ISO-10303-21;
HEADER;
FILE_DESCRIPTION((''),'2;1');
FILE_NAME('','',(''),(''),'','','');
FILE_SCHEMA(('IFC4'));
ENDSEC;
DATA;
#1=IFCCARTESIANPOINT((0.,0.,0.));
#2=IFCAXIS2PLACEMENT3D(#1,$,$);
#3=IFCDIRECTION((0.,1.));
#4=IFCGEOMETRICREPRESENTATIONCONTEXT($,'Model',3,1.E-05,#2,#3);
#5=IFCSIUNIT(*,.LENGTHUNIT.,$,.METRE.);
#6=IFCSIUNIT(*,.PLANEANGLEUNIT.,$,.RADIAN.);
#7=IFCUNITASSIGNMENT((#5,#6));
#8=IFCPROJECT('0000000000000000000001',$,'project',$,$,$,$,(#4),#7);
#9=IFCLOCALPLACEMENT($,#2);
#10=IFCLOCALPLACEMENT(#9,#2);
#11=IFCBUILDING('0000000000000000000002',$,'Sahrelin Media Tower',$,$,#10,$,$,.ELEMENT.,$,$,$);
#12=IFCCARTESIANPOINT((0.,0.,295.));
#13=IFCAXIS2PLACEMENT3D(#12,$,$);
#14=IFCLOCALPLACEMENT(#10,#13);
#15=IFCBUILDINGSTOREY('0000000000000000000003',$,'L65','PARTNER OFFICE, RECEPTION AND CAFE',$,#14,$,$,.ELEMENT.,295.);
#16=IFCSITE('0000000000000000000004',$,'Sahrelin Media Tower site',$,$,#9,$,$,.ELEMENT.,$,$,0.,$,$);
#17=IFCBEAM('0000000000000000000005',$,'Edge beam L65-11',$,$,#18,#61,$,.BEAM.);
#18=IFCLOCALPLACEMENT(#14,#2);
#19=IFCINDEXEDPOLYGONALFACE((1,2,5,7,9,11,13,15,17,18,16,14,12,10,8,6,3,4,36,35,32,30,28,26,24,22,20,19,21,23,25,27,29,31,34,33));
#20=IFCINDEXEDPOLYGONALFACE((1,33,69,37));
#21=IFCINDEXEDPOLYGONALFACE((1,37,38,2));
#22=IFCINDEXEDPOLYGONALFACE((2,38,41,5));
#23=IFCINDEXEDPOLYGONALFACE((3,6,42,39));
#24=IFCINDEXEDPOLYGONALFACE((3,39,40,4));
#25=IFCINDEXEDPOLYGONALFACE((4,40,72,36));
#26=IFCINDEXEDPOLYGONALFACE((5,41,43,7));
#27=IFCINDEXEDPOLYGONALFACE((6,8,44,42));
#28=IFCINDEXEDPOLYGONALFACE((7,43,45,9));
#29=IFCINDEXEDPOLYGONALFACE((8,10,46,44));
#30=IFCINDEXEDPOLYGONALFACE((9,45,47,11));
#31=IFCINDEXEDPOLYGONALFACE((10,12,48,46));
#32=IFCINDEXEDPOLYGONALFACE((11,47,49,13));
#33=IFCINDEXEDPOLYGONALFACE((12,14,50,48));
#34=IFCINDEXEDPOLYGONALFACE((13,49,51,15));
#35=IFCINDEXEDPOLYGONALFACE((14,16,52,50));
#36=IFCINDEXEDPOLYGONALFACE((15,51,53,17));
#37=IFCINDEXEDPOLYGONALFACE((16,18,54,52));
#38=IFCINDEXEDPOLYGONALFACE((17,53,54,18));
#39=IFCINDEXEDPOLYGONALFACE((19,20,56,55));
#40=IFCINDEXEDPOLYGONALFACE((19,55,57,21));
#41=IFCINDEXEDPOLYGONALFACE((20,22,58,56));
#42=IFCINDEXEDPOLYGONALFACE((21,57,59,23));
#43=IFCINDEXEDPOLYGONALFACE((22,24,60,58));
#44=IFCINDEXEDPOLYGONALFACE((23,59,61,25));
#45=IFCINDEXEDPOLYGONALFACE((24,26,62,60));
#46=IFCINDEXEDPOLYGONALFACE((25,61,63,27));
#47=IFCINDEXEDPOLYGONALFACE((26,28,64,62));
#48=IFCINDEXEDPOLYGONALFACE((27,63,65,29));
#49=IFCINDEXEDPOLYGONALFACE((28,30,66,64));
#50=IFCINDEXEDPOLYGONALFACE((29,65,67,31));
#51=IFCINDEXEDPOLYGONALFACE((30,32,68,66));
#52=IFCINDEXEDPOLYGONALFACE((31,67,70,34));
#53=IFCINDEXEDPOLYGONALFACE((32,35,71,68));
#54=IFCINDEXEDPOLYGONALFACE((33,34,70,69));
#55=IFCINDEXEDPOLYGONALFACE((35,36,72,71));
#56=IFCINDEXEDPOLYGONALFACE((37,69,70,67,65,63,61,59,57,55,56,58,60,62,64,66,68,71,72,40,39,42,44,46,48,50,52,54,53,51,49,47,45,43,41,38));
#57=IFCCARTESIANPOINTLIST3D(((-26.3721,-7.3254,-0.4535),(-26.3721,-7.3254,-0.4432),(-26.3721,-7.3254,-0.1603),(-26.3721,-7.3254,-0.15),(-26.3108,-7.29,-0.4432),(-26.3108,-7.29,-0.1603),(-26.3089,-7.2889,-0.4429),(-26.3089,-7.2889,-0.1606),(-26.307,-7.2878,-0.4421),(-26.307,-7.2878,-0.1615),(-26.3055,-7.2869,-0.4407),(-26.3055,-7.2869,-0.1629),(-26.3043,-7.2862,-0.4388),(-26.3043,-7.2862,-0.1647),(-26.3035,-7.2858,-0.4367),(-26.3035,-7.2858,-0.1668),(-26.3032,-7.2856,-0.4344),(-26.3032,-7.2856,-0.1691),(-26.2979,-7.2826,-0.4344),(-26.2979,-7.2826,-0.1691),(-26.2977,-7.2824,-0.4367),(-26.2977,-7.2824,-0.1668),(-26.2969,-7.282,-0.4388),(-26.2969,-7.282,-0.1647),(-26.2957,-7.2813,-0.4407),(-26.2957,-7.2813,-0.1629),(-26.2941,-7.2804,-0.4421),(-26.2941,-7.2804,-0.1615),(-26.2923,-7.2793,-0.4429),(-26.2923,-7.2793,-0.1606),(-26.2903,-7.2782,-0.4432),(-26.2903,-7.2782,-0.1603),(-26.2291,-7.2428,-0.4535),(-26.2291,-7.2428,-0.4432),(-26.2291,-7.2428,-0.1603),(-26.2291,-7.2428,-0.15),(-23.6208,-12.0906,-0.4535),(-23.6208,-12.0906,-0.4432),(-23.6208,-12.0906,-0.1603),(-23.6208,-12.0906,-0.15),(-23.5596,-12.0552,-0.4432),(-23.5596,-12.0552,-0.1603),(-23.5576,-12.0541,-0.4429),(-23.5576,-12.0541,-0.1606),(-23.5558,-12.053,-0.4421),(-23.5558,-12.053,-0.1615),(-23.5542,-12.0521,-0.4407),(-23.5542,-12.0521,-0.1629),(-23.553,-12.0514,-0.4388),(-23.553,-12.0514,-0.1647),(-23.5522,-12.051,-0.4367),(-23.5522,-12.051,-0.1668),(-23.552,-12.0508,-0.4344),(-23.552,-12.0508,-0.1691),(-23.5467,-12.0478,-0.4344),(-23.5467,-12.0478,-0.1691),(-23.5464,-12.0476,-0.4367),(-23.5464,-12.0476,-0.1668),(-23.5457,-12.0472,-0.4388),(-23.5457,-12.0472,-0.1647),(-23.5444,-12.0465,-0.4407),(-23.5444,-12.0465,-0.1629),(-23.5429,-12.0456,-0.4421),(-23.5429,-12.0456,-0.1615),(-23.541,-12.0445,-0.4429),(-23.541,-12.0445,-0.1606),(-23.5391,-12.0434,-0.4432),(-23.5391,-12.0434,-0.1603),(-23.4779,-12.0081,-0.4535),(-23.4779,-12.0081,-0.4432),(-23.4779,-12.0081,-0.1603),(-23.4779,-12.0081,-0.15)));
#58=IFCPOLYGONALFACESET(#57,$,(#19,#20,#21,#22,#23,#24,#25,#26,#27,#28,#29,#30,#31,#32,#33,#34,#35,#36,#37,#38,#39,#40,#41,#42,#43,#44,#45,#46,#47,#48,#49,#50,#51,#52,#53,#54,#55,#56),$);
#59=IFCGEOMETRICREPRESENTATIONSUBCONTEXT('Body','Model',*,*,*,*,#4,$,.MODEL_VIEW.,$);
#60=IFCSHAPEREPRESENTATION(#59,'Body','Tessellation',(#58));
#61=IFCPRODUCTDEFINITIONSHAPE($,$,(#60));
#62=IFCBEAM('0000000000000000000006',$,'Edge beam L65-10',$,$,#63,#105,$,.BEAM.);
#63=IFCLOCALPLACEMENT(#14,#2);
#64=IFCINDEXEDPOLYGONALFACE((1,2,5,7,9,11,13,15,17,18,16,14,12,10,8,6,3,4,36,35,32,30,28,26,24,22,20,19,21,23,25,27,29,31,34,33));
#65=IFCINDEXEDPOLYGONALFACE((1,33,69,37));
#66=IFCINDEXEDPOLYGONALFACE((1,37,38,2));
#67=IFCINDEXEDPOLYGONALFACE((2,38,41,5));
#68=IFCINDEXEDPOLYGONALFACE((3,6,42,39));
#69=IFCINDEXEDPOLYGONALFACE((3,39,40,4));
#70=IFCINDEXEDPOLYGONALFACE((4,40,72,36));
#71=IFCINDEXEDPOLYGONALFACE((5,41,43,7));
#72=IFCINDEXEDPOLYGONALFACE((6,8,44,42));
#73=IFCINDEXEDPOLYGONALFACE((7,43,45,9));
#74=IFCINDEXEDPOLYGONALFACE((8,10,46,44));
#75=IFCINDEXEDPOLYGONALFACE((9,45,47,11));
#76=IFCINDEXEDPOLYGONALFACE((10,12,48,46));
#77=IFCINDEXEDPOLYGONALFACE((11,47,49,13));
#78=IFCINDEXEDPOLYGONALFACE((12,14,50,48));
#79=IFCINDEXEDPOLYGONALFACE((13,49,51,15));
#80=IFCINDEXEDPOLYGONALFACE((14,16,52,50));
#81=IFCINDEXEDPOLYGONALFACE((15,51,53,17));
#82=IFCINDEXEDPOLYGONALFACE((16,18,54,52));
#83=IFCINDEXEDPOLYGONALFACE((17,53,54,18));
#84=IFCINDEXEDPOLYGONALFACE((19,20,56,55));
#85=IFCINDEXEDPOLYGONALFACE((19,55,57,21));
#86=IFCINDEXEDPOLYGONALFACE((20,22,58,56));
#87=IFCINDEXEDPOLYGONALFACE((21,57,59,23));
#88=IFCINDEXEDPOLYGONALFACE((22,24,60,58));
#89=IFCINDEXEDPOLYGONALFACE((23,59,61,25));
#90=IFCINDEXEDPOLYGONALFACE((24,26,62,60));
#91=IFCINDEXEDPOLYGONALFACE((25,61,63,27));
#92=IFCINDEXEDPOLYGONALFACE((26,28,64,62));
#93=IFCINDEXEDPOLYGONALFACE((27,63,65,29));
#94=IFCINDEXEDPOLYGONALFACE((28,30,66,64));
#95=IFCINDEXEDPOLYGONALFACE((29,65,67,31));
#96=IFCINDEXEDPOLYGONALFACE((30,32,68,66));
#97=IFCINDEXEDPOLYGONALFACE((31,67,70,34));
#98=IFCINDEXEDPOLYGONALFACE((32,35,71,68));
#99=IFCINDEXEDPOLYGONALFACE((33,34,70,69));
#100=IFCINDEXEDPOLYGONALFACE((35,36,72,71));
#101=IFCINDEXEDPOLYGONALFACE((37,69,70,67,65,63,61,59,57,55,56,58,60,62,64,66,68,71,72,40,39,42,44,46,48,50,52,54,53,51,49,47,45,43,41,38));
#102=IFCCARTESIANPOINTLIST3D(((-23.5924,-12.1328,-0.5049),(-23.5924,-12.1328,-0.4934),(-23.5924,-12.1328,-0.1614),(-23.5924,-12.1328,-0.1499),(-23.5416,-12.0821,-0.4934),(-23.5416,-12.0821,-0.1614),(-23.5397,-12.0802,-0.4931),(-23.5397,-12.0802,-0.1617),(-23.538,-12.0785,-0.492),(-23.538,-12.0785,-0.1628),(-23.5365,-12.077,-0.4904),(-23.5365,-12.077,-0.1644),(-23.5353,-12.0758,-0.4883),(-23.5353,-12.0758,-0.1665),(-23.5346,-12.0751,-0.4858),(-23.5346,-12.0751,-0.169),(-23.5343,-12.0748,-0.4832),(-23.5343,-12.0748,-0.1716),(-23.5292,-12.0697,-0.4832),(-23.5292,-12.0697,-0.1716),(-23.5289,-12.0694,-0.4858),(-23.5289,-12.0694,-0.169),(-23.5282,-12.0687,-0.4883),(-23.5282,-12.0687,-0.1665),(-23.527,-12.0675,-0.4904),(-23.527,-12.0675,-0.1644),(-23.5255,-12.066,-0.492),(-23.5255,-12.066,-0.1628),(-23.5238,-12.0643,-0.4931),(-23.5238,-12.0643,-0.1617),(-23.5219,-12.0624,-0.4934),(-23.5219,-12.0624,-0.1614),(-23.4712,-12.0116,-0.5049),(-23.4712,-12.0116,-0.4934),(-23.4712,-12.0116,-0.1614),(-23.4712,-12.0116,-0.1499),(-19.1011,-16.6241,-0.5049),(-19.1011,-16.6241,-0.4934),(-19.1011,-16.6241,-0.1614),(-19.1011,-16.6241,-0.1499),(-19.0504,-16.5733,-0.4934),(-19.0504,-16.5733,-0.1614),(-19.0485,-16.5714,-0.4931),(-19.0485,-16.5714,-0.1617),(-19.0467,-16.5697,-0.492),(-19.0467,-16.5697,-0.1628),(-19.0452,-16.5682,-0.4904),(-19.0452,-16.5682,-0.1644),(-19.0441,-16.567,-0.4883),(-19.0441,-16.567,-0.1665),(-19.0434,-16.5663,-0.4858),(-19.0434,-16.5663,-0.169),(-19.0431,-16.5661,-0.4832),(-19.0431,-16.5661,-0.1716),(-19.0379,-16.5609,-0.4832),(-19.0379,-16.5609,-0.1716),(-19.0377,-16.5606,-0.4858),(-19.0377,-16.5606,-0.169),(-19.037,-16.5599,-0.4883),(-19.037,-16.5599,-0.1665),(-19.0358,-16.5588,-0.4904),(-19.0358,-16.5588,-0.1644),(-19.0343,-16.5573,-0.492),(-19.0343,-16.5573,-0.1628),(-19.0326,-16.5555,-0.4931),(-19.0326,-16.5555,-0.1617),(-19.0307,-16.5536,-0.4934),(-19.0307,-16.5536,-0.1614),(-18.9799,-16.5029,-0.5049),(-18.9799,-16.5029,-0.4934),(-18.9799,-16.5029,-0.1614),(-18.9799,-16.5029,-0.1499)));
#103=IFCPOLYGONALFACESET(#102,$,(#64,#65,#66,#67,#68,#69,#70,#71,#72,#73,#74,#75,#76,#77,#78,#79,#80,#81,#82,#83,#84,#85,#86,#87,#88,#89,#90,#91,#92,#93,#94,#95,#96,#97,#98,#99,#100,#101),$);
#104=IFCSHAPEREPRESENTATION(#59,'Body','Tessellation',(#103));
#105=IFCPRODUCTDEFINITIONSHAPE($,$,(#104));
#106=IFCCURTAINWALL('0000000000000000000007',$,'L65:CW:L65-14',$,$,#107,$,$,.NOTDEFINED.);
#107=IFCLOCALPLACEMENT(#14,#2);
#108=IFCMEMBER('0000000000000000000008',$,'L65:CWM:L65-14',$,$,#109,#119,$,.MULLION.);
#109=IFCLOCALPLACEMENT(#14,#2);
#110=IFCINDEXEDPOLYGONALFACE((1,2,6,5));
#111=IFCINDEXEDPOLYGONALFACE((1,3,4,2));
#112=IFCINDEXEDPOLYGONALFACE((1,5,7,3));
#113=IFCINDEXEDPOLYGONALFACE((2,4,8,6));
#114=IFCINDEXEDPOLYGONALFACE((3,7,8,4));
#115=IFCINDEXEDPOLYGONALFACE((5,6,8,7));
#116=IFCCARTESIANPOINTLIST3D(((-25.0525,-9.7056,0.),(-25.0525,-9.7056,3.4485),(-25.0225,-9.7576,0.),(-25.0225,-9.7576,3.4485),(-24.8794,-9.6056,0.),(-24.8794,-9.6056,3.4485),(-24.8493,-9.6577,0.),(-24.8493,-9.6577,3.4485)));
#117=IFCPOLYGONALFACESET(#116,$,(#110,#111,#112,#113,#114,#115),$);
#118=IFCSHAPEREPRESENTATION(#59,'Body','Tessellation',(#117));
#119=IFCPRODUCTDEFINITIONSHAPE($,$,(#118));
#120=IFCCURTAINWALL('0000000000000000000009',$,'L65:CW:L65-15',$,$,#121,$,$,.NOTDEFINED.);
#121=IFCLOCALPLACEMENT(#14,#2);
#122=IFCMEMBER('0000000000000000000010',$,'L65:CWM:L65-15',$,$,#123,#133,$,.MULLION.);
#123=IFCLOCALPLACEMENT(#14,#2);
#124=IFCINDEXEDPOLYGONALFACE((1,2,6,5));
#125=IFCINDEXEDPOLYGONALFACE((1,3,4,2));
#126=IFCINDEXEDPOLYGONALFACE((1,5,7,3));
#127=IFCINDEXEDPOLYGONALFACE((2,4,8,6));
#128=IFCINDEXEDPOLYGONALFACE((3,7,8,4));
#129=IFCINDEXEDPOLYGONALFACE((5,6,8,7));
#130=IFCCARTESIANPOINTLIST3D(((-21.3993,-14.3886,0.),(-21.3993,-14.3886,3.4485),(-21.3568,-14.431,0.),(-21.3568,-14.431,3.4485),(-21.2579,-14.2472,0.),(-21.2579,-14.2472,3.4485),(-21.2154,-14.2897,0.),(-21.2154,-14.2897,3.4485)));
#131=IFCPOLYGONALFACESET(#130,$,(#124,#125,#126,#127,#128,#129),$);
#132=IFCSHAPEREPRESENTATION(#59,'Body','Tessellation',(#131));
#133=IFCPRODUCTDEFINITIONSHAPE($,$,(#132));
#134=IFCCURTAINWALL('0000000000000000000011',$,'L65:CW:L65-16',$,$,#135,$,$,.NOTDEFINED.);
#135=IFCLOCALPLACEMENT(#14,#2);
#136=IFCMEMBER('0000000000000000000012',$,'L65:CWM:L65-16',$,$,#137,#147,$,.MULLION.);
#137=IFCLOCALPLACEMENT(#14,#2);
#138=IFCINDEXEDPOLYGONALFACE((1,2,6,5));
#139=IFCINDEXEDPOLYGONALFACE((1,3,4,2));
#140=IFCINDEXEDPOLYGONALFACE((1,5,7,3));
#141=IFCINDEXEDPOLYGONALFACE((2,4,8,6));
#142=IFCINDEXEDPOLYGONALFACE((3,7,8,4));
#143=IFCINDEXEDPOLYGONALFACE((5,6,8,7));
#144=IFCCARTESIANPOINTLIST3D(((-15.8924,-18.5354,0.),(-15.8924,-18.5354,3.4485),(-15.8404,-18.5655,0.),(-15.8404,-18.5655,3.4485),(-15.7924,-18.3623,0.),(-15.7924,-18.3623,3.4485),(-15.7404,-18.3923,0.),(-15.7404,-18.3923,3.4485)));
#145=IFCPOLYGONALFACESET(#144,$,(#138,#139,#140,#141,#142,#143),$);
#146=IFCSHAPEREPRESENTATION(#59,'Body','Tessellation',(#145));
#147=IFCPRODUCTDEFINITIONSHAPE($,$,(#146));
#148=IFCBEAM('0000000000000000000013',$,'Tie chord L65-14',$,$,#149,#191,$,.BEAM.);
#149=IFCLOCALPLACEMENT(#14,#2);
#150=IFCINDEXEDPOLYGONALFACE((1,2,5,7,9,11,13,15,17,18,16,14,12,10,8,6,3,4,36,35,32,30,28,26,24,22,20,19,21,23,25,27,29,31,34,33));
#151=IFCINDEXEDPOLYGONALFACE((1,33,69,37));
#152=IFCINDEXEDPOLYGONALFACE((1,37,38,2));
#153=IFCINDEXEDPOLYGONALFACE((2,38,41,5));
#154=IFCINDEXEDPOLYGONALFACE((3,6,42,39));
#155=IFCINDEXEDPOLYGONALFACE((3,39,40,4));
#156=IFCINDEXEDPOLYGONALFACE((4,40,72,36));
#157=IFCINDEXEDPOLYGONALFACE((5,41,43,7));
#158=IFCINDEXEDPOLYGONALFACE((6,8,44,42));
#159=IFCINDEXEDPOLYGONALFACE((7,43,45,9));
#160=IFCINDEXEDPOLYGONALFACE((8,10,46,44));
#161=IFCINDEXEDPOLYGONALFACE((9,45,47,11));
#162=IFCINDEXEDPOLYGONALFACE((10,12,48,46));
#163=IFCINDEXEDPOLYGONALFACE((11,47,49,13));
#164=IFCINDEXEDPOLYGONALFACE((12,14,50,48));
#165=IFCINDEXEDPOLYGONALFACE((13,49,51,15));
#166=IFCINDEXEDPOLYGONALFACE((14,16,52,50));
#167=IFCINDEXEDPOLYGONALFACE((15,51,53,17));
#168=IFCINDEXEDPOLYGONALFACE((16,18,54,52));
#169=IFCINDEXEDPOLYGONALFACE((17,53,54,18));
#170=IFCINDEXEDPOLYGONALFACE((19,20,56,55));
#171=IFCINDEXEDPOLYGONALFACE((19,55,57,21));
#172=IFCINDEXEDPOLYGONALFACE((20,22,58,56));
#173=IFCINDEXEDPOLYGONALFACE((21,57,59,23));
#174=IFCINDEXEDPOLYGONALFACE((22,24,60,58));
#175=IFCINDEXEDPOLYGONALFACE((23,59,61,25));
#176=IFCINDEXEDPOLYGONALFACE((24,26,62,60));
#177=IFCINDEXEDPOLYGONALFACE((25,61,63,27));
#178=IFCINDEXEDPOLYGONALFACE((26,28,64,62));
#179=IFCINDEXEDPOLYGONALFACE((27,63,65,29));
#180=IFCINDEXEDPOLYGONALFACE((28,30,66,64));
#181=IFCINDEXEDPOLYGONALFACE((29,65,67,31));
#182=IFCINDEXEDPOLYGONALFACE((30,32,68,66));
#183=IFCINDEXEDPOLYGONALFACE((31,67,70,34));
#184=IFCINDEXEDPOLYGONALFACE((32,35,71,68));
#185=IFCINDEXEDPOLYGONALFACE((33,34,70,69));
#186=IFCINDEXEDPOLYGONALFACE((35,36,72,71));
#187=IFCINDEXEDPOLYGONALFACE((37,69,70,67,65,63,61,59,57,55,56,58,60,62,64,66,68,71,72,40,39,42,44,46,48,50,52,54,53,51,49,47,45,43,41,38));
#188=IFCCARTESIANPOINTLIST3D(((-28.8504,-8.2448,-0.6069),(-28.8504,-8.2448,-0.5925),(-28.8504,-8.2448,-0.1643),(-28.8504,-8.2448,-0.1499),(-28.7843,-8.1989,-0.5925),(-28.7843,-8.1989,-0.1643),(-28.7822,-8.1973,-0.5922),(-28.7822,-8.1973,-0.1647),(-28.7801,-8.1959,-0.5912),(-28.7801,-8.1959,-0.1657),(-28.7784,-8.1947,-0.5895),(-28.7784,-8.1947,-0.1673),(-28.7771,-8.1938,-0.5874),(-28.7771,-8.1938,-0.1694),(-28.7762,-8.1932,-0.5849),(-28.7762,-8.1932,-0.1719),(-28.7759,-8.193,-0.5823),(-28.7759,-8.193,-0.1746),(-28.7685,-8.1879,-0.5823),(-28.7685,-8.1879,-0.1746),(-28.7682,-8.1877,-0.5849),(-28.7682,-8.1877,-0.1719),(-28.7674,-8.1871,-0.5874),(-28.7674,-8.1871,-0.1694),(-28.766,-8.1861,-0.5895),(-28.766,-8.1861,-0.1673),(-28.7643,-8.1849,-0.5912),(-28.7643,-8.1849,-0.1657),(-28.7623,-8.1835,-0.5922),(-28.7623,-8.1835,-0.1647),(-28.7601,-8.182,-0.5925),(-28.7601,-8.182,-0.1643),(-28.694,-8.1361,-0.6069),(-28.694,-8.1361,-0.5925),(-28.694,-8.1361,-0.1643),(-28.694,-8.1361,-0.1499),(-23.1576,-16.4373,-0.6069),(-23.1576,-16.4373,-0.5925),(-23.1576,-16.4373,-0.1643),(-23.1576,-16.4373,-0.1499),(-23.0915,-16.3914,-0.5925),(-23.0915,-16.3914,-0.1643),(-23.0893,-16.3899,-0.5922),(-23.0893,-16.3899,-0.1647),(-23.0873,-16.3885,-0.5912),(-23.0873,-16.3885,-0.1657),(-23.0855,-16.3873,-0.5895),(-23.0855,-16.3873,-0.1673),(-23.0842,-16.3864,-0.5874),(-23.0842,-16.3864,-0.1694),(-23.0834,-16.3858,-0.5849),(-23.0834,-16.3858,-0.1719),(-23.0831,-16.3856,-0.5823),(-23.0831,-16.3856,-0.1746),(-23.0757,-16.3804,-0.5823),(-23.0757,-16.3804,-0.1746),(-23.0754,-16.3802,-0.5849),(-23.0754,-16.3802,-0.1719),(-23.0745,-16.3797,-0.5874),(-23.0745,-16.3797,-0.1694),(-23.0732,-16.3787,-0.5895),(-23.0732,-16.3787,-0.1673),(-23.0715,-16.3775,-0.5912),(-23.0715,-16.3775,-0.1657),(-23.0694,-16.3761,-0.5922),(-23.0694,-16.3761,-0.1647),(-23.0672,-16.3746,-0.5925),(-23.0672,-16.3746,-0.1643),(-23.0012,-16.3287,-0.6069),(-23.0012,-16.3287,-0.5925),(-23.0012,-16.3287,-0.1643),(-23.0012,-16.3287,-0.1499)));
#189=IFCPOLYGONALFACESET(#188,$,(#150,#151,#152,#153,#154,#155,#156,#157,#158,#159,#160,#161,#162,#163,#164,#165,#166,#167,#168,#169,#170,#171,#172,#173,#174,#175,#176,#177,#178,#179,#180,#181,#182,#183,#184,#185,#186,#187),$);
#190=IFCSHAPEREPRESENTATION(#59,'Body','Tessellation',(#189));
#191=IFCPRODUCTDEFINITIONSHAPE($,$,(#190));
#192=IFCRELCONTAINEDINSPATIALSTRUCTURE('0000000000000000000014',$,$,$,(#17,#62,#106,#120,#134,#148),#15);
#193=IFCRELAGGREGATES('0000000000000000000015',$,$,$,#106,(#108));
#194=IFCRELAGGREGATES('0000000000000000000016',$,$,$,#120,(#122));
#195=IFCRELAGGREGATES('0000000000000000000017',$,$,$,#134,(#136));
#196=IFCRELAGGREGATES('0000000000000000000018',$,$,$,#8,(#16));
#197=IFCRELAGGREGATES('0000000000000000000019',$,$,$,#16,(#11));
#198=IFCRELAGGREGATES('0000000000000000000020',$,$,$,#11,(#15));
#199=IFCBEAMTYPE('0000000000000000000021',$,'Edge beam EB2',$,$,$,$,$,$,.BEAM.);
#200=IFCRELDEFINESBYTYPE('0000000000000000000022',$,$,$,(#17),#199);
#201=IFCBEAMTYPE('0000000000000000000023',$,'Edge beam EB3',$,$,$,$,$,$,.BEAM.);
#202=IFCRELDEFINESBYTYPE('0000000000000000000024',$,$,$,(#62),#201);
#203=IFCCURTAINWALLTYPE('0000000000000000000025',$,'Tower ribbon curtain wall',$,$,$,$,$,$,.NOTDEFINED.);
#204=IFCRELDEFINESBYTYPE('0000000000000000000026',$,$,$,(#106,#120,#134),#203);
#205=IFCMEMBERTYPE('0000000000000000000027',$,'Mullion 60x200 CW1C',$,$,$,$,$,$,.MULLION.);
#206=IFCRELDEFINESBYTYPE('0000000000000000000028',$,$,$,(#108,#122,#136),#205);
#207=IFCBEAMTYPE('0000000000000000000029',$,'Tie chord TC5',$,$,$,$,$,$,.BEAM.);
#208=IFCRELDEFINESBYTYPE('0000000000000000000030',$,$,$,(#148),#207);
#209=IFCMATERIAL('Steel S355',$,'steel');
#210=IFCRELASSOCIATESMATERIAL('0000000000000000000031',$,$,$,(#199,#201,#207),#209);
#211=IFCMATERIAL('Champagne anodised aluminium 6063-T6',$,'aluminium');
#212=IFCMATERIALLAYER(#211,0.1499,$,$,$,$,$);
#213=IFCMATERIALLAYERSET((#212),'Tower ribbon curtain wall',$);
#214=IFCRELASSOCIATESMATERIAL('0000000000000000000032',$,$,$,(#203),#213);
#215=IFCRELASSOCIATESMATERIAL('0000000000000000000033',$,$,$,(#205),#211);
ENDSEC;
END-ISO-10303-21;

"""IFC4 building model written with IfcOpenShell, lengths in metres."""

from ifc_helpers import new_model, si_unit, direction, frame, origin, origin_2d, place, context, subcontext, project, spatial, rectangle, i_section, extrude, material, layer, layer_set, material_profile, profile_set, type_object, element, aggregate, save


model = new_model("IFC4")

# Units and contexts
model_context = context("Model", 3, precision=1e-05, world=origin(), true_north=direction((0.0, 1.0)))
body_context = subcontext(model_context, "Body", "Model", "MODEL_VIEW")
ifc_project = project(units=[si_unit("LENGTHUNIT", "METRE"), si_unit("PLANEANGLEUNIT", "RADIAN")], contexts=[model_context])

# Site, building, storey
site_placement = place(None, origin())
site = spatial("IfcSite", under=ifc_project, at=site_placement, Name="Sahrelin Media Tower site", CompositionType="ELEMENT", RefElevation=0.0)
building_placement = place(site_placement, origin())
building = spatial("IfcBuilding", under=site, at=building_placement, Name="Sahrelin Media Tower", CompositionType="ELEMENT")
storey_placement = place(building_placement, frame((0.0, 0.0, 295.0)))
storey = spatial("IfcBuildingStorey", under=building, at=storey_placement, Name="L65", Description="PARTNER OFFICE, RECEPTION AND CAFE", CompositionType="ELEMENT", Elevation=295.0)

# Beams
ifc_material_1 = material(Name="Steel S355", Category="steel")
ifc_material_profile_1 = material_profile(ifc_material_1, i_section(OverallWidth=0.165, OverallDepth=0.3035, WebThickness=0.0061, FlangeThickness=0.0103, FilletRadius=0.0088, at=origin_2d()), Name="UB 305x165x40")
ifc_profile_set_1 = profile_set([ifc_material_profile_1], Name="Steel S355")
beam_type_1 = type_object("IfcBeamType", Name="Edge beam EB2", PredefinedType="BEAM", material=ifc_profile_set_1)
beam_1_placement = place(storey_placement, frame((-23.5493, -12.0493, -0.3018), z_axis=(-0.500009, 0.86602, 0.0), x_axis=(-0.86602, -0.500009, 0.0)))
element("IfcBeam", 1, at=beam_1_placement, inside=storey, type_object=beam_type_1, Name="Edge beam L65-11", PredefinedType="BEAM", context=body_context, shape_type="SweptSolid", body=[
    extrude(i_section(OverallWidth=0.165, OverallDepth=0.3035, WebThickness=0.0061, FlangeThickness=0.0103, FilletRadius=0.0088, at=origin_2d()), origin(), (0.0, 0.0, 1.0), 5.5024),
])
ifc_material_profile_2 = material_profile(ifc_material_1, i_section(OverallWidth=0.1714, OverallDepth=0.355, WebThickness=0.0073, FlangeThickness=0.0115, FilletRadius=0.0103, at=origin_2d()), Name="UB 356x171x51")
ifc_profile_set_2 = profile_set([ifc_material_profile_2], Name="Steel S355")
beam_type_2 = type_object("IfcBeamType", Name="Edge beam EB3", PredefinedType="BEAM", material=ifc_profile_set_2)
beam_2_placement = place(storey_placement, frame((-19.0405, -16.5635, -0.3274), z_axis=(-0.707107, 0.707107, 0.0), x_axis=(-0.707107, -0.707107, 0.0)))
element("IfcBeam", 2, at=beam_2_placement, inside=storey, type_object=beam_type_2, Name="Edge beam L65-10", PredefinedType="BEAM", context=body_context, shape_type="SweptSolid", body=[
    extrude(i_section(OverallWidth=0.1714, OverallDepth=0.355, WebThickness=0.0073, FlangeThickness=0.0115, FilletRadius=0.0103, at=origin_2d()), origin(), (0.0, 0.0, 1.0), 6.3516),
])

# Curtain walls, members
ifc_material_2 = material(Name="Champagne anodised aluminium 6063-T6", Category="aluminium")
ifc_layer_1 = layer(ifc_material_2, 0.1499)
ifc_layer_set_1 = layer_set([ifc_layer_1], Name="Tower ribbon curtain wall")
curtain_wall_type = type_object("IfcCurtainWallType", Name="Tower ribbon curtain wall", PredefinedType="NOTDEFINED", material=ifc_layer_set_1)
curtain_wall_1_placement = place(storey_placement, frame((-25.0547, -9.7417, 0.0), z_axis=(0.0, 0.0, 1.0), x_axis=(1.0, 0.0, 0.0)))
curtain_wall_1 = element("IfcCurtainWall", 3, at=curtain_wall_1_placement, inside=storey, type_object=curtain_wall_type, Name="L65:CW:L65-14", PredefinedType="NOTDEFINED")
ifc_material_profile_3 = material_profile(ifc_material_2, rectangle(XDim=0.0601, YDim=0.2, at=origin_2d()), Name="Mullion 60x200")
ifc_profile_set_3 = profile_set([ifc_material_profile_3], Name="Champagne anodised aluminium 6063-T6")
member_type_1 = type_object("IfcMemberType", Name="Mullion 60x200 CW1C", PredefinedType="MULLION", material=ifc_profile_set_3)
member_1_placement = place(storey_placement, frame((-24.9509, -9.6816, 0.0), z_axis=(0.0, 0.0, 1.0), x_axis=(0.500011, -0.866019, 0.0)))
member_1 = element("IfcMember", 4, at=member_1_placement, type_object=member_type_1, Name="L65:CWM:L65-14", PredefinedType="MULLION", context=body_context, shape_type="SweptSolid", body=[
    extrude(rectangle(XDim=0.0601, YDim=0.2, at=origin_2d()), origin(), (0.0, 0.0, 1.0), 3.4485),
])
aggregate(curtain_wall_1, [member_1])
curtain_wall_2_placement = place(storey_placement, frame((-21.3923, -14.4238, 0.0), z_axis=(0.0, 0.0, 1.0), x_axis=(1.0, 0.0, 0.0)))
curtain_wall_2 = element("IfcCurtainWall", 5, at=curtain_wall_2_placement, inside=storey, type_object=curtain_wall_type, Name="L65:CW:L65-15", PredefinedType="NOTDEFINED")
member_2_placement = place(storey_placement, frame((-21.3074, -14.3391, 0.0), z_axis=(0.0, 0.0, 1.0), x_axis=(0.707107, -0.707107, 0.0)))
member_2 = element("IfcMember", 6, at=member_2_placement, type_object=member_type_1, Name="L65:CWM:L65-15", PredefinedType="MULLION", context=body_context, shape_type="SweptSolid", body=[
    extrude(rectangle(XDim=0.0601, YDim=0.2, at=origin_2d()), origin(), (0.0, 0.0, 1.0), 3.4485),
])
curtain_wall_3_placement = place(storey_placement, frame((-15.8765, -18.5676, 0.0), z_axis=(0.0, 0.0, 1.0), x_axis=(1.0, 0.0, 0.0)))
curtain_wall_3 = element("IfcCurtainWall", 7, at=curtain_wall_3_placement, inside=storey, type_object=curtain_wall_type, Name="L65:CW:L65-16", PredefinedType="NOTDEFINED")
member_3_placement = place(storey_placement, frame((-15.8164, -18.4639, 0.0), z_axis=(0.0, 0.0, 1.0), x_axis=(0.866025, -0.500002, 0.0)))
member_3 = element("IfcMember", 8, at=member_3_placement, type_object=member_type_1, Name="L65:CWM:L65-16", PredefinedType="MULLION", context=body_context, shape_type="SweptSolid", body=[
    extrude(rectangle(XDim=0.0601, YDim=0.2, at=origin_2d()), origin(), (0.0, 0.0, 1.0), 3.4485),
])

# Beam
ifc_material_profile_4 = material_profile(ifc_material_1, i_section(OverallWidth=0.1904, OverallDepth=0.457, WebThickness=0.009, FlangeThickness=0.0144, FilletRadius=0.0103, at=origin_2d()), Name="UB 457x191x74")
ifc_profile_set_4 = profile_set([ifc_material_profile_4], Name="Steel S355")
beam_type_3 = type_object("IfcBeamType", Name="Tie chord TC5", PredefinedType="BEAM", material=ifc_profile_set_4)
beam_3_placement = place(storey_placement, frame((-28.7722, -8.1904, -0.3784), z_axis=(0.570636, -0.821203, 0.0), x_axis=(0.821203, 0.570636, 0.0)))
element("IfcBeam", 9, at=beam_3_placement, inside=storey, type_object=beam_type_3, Name="Tie chord L65-14", PredefinedType="BEAM", context=body_context, shape_type="SweptSolid", body=[
    extrude(i_section(OverallWidth=0.1904, OverallDepth=0.457, WebThickness=0.009, FlangeThickness=0.0144, FilletRadius=0.0103, at=origin_2d()), origin(), (0.0, 0.0, 1.0), 9.9763),
])

aggregate(curtain_wall_2, [member_2])
aggregate(curtain_wall_3, [member_3])

save(model, "model.ifc")
